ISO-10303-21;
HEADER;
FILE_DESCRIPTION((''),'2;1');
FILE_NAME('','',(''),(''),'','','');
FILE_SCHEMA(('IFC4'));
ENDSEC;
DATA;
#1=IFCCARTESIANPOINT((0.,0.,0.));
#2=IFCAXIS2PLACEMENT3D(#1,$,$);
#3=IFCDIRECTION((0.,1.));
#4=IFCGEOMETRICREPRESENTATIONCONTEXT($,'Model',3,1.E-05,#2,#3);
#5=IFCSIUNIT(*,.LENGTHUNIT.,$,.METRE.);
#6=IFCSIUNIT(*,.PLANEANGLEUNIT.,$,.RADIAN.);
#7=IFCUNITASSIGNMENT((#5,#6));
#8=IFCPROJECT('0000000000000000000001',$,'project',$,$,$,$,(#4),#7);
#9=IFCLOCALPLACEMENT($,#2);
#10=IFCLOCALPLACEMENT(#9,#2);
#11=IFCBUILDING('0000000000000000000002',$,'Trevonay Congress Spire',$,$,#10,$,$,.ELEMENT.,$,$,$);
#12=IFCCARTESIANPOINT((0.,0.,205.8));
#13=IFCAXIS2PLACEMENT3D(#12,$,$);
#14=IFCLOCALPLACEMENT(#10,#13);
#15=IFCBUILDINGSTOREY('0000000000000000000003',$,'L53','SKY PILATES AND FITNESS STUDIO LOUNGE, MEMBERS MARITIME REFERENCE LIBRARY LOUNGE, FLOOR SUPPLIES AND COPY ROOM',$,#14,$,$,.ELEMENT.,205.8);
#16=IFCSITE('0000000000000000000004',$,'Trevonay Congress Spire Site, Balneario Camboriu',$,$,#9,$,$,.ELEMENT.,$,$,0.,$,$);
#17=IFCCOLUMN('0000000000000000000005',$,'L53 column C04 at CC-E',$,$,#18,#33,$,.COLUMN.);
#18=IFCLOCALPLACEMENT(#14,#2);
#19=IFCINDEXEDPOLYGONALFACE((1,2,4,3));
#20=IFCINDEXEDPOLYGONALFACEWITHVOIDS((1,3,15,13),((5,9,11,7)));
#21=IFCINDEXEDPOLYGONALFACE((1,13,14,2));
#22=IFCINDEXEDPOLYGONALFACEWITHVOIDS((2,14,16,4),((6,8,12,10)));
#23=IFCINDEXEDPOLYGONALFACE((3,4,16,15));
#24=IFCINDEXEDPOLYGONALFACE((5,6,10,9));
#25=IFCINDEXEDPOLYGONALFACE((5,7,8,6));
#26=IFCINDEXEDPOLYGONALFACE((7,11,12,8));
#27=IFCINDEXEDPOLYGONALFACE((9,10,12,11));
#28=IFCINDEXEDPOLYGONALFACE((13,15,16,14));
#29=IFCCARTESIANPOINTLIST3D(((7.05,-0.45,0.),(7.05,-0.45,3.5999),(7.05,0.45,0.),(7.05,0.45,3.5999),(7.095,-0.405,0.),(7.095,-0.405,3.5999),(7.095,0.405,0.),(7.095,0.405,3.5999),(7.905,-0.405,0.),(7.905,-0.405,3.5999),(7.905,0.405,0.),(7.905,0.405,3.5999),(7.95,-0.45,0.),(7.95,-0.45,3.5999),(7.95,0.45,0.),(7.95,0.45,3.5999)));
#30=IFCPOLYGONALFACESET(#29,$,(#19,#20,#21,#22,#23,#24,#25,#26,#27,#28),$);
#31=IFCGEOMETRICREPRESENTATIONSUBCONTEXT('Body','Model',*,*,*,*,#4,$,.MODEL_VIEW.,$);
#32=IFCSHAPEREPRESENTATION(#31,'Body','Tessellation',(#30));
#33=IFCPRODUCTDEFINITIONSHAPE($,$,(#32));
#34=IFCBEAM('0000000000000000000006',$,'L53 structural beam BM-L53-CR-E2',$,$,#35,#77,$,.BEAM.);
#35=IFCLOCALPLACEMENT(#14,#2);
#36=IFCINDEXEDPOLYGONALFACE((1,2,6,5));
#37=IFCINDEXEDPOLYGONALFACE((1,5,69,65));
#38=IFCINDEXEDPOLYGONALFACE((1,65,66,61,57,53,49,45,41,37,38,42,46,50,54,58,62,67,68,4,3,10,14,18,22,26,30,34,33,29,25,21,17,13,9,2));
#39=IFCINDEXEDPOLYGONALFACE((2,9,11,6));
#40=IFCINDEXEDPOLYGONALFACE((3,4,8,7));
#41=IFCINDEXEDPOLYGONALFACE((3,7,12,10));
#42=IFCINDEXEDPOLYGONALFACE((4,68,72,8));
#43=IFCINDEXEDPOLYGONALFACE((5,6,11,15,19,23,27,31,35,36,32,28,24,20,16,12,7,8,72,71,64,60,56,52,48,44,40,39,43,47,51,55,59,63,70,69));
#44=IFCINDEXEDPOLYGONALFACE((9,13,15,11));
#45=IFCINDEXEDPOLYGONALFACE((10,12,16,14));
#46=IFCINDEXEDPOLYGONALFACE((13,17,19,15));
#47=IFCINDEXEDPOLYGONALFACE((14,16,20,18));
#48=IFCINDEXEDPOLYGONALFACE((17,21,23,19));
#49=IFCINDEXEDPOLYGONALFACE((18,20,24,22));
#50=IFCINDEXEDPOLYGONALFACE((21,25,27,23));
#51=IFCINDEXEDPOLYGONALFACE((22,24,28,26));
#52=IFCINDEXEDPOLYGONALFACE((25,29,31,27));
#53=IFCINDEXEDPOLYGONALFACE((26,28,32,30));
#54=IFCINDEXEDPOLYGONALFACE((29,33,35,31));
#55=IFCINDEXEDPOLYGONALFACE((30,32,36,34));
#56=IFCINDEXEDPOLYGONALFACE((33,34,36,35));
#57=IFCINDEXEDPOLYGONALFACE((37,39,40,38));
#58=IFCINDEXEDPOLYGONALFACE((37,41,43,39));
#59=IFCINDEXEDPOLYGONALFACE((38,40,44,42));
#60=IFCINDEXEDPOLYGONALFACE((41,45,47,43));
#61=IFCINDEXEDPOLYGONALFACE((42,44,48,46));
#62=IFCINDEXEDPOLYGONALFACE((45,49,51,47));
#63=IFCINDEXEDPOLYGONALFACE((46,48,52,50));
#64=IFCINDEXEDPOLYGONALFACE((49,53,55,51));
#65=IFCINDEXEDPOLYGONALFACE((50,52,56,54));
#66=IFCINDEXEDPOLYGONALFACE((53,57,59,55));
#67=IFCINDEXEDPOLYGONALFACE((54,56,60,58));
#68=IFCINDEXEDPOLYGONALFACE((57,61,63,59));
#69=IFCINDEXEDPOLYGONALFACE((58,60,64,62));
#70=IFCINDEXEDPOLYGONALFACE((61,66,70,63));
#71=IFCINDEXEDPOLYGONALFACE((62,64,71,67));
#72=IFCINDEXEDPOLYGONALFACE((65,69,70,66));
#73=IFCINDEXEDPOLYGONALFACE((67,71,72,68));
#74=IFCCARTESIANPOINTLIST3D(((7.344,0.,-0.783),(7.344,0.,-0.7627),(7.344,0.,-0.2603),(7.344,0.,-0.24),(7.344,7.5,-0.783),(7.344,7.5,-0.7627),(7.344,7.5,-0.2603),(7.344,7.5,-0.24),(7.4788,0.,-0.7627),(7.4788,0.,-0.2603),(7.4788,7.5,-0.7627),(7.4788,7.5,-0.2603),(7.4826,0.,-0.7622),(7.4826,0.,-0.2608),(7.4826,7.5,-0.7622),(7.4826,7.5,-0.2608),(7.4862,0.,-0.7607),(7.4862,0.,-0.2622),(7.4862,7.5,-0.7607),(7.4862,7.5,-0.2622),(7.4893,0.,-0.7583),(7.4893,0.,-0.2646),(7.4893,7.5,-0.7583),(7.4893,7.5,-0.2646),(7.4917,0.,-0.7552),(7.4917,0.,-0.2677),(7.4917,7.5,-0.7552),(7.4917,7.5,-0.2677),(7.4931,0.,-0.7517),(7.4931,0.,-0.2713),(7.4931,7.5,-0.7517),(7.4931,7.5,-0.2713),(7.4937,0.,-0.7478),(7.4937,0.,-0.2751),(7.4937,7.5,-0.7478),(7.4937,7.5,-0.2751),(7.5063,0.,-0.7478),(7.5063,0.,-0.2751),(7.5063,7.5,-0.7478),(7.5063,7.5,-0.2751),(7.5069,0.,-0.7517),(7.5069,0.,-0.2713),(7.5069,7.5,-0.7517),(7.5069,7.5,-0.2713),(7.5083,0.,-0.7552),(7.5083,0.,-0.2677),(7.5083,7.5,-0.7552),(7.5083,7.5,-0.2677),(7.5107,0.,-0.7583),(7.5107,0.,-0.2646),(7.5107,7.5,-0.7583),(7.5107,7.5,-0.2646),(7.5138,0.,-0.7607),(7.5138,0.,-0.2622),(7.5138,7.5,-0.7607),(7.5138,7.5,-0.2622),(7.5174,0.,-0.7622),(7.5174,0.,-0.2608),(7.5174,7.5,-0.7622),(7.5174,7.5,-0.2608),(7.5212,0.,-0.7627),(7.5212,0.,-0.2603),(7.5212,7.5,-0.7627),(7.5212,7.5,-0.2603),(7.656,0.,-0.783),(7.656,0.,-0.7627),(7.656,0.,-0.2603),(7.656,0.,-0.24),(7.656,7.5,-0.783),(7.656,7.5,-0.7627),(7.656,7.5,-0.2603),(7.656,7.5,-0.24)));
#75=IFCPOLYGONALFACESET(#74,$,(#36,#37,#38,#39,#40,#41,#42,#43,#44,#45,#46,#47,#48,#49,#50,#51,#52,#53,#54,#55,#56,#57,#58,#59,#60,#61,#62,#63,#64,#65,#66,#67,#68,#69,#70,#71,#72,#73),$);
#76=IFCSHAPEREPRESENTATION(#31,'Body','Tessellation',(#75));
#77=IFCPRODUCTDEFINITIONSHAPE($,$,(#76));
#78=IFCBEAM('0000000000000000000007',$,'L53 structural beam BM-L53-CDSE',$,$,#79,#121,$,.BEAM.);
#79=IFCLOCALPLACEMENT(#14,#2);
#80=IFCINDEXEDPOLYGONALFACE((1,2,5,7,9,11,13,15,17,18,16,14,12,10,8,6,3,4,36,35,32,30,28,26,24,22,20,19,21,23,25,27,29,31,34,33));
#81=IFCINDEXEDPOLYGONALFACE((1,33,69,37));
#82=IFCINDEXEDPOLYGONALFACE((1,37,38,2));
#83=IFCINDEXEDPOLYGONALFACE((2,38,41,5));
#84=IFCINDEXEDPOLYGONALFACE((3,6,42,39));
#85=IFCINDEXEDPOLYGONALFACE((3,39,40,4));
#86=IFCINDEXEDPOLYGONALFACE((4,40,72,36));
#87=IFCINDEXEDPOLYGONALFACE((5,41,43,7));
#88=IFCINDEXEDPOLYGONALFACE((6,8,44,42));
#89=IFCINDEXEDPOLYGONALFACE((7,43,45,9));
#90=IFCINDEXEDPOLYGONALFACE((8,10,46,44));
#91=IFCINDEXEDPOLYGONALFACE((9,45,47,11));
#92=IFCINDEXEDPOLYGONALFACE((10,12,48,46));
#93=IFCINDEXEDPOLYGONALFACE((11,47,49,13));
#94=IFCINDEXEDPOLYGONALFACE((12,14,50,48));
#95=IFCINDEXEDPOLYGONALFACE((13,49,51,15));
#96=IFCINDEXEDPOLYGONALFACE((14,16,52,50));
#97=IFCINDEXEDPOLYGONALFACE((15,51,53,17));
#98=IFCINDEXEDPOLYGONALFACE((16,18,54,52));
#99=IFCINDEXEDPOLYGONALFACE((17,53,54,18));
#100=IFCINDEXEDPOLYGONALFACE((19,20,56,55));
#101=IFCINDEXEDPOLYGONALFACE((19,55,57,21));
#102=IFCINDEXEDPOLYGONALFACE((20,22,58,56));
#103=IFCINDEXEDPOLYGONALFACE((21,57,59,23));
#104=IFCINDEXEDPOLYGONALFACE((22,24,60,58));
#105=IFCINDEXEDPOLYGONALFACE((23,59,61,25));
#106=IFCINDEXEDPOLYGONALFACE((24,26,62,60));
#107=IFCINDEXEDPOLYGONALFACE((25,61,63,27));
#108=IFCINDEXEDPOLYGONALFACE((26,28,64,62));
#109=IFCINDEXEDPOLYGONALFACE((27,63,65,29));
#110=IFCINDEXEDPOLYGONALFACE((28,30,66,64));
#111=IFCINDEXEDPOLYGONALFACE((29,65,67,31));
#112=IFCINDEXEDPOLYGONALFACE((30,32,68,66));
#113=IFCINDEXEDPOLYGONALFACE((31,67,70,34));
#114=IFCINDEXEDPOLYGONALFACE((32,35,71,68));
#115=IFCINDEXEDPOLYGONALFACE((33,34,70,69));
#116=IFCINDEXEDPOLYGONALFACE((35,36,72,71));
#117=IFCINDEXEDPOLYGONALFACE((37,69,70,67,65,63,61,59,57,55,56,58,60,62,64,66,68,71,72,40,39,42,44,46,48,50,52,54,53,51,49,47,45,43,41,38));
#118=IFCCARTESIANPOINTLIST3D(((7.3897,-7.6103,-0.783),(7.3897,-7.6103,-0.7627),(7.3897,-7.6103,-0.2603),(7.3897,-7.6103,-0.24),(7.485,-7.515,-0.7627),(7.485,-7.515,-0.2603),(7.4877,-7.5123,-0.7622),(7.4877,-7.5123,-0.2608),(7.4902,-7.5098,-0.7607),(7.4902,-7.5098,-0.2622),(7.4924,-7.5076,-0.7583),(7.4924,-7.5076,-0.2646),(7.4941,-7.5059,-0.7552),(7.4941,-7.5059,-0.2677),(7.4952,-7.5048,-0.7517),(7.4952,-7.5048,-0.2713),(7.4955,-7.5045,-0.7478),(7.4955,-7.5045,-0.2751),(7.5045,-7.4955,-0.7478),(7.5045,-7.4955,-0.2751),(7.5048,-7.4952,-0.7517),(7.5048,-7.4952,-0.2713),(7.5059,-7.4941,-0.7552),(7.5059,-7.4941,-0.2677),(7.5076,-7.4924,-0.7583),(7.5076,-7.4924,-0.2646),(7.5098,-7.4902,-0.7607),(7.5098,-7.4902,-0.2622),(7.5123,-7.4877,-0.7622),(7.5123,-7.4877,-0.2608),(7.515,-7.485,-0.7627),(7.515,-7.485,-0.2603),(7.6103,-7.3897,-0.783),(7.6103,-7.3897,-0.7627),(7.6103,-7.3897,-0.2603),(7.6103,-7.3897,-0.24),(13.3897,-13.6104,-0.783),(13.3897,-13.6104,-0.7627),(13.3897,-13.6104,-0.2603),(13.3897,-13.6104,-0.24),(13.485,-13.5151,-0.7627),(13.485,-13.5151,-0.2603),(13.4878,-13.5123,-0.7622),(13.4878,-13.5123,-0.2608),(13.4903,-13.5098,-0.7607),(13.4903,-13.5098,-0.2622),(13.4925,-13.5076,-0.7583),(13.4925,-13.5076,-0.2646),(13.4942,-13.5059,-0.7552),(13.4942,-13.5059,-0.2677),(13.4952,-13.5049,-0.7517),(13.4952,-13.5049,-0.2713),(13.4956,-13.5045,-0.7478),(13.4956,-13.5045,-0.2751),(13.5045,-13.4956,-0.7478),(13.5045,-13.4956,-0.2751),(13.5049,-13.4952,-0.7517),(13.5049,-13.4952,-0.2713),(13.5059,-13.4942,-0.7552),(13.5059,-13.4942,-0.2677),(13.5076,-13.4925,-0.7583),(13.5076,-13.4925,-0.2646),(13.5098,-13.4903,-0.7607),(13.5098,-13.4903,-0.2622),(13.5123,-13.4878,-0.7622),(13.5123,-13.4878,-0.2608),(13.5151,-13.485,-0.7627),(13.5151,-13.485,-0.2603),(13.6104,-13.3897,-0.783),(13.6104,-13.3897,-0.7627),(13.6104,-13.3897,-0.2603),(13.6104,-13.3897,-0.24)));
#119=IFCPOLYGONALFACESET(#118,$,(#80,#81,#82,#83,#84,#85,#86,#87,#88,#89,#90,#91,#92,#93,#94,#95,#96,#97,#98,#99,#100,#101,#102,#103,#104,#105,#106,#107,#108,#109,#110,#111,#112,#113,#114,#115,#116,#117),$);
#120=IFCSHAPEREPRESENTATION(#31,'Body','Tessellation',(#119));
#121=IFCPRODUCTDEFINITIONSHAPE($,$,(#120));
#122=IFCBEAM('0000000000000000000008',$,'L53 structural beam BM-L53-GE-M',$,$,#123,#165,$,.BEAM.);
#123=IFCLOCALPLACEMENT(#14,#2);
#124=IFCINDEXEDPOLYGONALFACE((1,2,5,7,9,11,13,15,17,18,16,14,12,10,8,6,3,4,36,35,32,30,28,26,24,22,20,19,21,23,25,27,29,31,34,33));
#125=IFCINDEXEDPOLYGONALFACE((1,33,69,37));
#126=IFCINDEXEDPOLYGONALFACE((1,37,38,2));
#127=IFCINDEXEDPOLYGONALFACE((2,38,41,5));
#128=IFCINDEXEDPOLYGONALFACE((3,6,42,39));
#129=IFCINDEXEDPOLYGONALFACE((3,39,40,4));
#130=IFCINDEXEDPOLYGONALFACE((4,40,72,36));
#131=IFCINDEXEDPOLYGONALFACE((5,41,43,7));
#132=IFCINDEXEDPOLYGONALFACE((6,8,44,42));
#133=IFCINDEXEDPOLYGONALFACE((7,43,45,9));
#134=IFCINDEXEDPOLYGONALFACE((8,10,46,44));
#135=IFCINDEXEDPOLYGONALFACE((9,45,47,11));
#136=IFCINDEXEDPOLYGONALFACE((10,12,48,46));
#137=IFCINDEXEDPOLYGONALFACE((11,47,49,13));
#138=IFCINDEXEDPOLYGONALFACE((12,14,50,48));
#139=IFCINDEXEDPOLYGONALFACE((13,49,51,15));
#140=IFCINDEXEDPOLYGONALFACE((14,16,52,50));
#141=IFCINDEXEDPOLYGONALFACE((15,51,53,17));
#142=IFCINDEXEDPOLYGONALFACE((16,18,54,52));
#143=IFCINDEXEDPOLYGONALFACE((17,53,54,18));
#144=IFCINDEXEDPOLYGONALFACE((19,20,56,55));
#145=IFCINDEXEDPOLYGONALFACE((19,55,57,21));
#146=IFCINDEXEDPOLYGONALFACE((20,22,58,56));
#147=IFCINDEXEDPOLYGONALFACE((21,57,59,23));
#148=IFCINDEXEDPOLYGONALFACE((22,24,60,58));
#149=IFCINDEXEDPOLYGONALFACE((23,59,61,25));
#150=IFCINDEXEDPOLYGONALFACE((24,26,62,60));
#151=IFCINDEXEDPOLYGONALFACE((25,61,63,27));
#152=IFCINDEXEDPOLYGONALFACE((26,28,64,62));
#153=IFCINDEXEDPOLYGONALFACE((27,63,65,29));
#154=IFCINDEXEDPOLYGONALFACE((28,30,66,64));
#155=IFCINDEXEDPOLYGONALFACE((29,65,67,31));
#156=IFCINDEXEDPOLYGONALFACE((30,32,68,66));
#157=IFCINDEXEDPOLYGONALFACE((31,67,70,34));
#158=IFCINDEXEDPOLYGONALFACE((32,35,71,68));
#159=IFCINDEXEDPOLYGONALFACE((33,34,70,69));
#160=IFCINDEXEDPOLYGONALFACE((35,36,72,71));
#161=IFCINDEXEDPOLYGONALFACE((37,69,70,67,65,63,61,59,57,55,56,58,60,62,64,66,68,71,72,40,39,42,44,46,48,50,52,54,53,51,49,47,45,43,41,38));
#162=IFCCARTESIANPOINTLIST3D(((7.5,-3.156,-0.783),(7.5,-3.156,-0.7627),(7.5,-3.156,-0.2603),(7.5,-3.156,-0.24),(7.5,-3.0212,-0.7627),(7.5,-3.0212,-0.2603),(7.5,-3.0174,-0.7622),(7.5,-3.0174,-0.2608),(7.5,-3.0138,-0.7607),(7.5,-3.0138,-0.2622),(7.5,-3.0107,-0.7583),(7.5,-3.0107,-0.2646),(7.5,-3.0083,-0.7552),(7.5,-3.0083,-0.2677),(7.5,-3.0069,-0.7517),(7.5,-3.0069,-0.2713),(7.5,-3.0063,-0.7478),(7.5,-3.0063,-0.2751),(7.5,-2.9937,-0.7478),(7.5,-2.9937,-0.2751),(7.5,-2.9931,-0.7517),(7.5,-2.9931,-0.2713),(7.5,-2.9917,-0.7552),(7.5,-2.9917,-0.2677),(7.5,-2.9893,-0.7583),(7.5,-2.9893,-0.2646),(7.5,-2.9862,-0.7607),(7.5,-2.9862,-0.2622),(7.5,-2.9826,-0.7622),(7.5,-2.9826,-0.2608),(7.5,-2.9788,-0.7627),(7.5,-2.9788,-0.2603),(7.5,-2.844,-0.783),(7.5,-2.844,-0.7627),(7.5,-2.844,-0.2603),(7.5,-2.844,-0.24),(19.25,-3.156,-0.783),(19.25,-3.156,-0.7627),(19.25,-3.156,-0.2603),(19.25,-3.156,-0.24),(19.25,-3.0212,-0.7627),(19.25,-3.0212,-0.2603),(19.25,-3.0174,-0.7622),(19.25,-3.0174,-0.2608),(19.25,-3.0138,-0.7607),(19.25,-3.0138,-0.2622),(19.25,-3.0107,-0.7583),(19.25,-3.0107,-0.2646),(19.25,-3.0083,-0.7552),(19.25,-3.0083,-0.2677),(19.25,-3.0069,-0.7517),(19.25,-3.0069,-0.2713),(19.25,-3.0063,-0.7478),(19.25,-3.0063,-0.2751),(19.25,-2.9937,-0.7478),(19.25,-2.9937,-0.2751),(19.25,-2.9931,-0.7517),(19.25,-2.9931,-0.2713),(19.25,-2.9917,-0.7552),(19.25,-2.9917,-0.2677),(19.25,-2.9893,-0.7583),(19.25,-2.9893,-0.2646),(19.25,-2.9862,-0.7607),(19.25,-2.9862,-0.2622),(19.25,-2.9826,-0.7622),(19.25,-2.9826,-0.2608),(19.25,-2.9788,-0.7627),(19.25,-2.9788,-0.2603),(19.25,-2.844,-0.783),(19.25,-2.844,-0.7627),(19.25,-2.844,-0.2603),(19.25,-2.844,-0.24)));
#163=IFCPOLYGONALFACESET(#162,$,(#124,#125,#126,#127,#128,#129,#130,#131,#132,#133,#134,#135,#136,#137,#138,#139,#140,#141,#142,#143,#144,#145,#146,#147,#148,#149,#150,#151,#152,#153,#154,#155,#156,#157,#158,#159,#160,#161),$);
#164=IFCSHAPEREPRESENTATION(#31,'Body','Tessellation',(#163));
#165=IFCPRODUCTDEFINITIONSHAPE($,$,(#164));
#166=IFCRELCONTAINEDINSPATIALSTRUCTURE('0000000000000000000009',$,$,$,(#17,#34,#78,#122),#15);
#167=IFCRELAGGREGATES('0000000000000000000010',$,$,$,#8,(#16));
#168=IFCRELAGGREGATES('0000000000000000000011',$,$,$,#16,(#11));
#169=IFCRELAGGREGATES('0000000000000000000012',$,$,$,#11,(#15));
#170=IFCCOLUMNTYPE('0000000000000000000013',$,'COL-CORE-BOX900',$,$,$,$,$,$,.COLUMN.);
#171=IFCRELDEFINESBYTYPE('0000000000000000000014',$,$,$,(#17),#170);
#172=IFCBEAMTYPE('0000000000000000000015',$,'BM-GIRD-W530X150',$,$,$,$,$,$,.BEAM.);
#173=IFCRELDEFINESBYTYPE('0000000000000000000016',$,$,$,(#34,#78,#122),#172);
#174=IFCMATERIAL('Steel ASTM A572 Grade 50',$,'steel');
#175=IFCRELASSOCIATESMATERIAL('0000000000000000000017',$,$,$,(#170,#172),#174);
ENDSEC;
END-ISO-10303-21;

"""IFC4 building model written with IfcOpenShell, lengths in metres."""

from ifc_helpers import new_model, si_unit, direction, frame, origin, origin_2d, place, context, subcontext, project, spatial, hollow_rectangle, i_section, extrude, material, material_profile, profile_set, type_object, element, save


model = new_model("IFC4")

# Units and contexts
model_context = context("Model", 3, precision=1e-05, world=origin(), true_north=direction((0.0, 1.0)))
body_context = subcontext(model_context, "Body", "Model", "MODEL_VIEW")
ifc_project = project(units=[si_unit("LENGTHUNIT", "METRE"), si_unit("PLANEANGLEUNIT", "RADIAN")], contexts=[model_context])

# Site, building, storey
site_placement = place(None, origin())
site = spatial("IfcSite", under=ifc_project, at=site_placement, Name="Trevonay Congress Spire Site, Balneario Camboriu", CompositionType="ELEMENT", RefElevation=0.0)
building_placement = place(site_placement, origin())
building = spatial("IfcBuilding", under=site, at=building_placement, Name="Trevonay Congress Spire", CompositionType="ELEMENT")
storey_placement = place(building_placement, frame((0.0, 0.0, 205.8)))
storey = spatial("IfcBuildingStorey", under=building, at=storey_placement, Name="L53", Description="SKY PILATES AND FITNESS STUDIO LOUNGE, MEMBERS MARITIME REFERENCE LIBRARY LOUNGE, FLOOR SUPPLIES AND COPY ROOM", CompositionType="ELEMENT", Elevation=205.8)

# Column
ifc_material_1 = material(Name="Steel ASTM A572 Grade 50", Category="steel")
ifc_material_profile_1 = material_profile(ifc_material_1, hollow_rectangle(XDim=0.8999, YDim=0.8999, WallThickness=0.0449, at=origin_2d()), Name="BOX 900x900x45")
ifc_profile_set_1 = profile_set([ifc_material_profile_1], Name="Steel ASTM A572 Grade 50")
column_type = type_object("IfcColumnType", Name="COL-CORE-BOX900", PredefinedType="COLUMN", material=ifc_profile_set_1)
column_placement = place(storey_placement, frame((7.5, 0.0, 0.0), z_axis=(0.0, 0.0, 1.0), x_axis=(1.0, 0.0, 0.0)))
element("IfcColumn", 1, at=column_placement, inside=storey, type_object=column_type, Name="L53 column C04 at CC-E", PredefinedType="COLUMN", context=body_context, shape_type="SweptSolid", body=[
    extrude(hollow_rectangle(XDim=0.8999, YDim=0.8999, WallThickness=0.0449, at=origin_2d()), origin(), (0.0, 0.0, 1.0), 3.5999),
])

# Beams
ifc_material_profile_2 = material_profile(ifc_material_1, i_section(OverallWidth=0.312, OverallDepth=0.543, WebThickness=0.0127, FlangeThickness=0.0203, FilletRadius=0.0149, at=origin_2d()), Name="W530x150")
ifc_profile_set_2 = profile_set([ifc_material_profile_2], Name="Steel ASTM A572 Grade 50")
beam_type_1 = type_object("IfcBeamType", Name="BM-GIRD-W530X150", PredefinedType="BEAM", material=ifc_profile_set_2)
beam_1_placement = place(storey_placement, frame((7.5, 0.0, -0.5115), z_axis=(0.0, 1.0, 0.0), x_axis=(-1.0, 0.0, 0.0)))
element("IfcBeam", 2, at=beam_1_placement, inside=storey, type_object=beam_type_1, Name="L53 structural beam BM-L53-CR-E2", PredefinedType="BEAM", context=body_context, shape_type="SweptSolid", body=[
    extrude(i_section(OverallWidth=0.312, OverallDepth=0.543, WebThickness=0.0127, FlangeThickness=0.0203, FilletRadius=0.0149, at=origin_2d()), origin(), (0.0, 0.0, 1.0), 7.5),
])
beam_2_placement = place(storey_placement, frame((7.5, -7.5, -0.5115), z_axis=(0.707107, -0.707107, 0.0), x_axis=(0.707107, 0.707107, 0.0)))
element("IfcBeam", 3, at=beam_2_placement, inside=storey, type_object=beam_type_1, Name="L53 structural beam BM-L53-CDSE", PredefinedType="BEAM", context=body_context, shape_type="SweptSolid", body=[
    extrude(i_section(OverallWidth=0.312, OverallDepth=0.543, WebThickness=0.0127, FlangeThickness=0.0203, FilletRadius=0.0149, at=origin_2d()), origin(), (0.0, 0.0, 1.0), 8.4854),
])
beam_3_placement = place(storey_placement, frame((7.5, -3.0, -0.5115), z_axis=(1.0, 0.0, 0.0), x_axis=(0.0, 1.0, 0.0)))
element("IfcBeam", 4, at=beam_3_placement, inside=storey, type_object=beam_type_1, Name="L53 structural beam BM-L53-GE-M", PredefinedType="BEAM", context=body_context, shape_type="SweptSolid", body=[
    extrude(i_section(OverallWidth=0.312, OverallDepth=0.543, WebThickness=0.0127, FlangeThickness=0.0203, FilletRadius=0.0149, at=origin_2d()), origin(), (0.0, 0.0, 1.0), 11.75),
])

save(model, "model.ifc")
